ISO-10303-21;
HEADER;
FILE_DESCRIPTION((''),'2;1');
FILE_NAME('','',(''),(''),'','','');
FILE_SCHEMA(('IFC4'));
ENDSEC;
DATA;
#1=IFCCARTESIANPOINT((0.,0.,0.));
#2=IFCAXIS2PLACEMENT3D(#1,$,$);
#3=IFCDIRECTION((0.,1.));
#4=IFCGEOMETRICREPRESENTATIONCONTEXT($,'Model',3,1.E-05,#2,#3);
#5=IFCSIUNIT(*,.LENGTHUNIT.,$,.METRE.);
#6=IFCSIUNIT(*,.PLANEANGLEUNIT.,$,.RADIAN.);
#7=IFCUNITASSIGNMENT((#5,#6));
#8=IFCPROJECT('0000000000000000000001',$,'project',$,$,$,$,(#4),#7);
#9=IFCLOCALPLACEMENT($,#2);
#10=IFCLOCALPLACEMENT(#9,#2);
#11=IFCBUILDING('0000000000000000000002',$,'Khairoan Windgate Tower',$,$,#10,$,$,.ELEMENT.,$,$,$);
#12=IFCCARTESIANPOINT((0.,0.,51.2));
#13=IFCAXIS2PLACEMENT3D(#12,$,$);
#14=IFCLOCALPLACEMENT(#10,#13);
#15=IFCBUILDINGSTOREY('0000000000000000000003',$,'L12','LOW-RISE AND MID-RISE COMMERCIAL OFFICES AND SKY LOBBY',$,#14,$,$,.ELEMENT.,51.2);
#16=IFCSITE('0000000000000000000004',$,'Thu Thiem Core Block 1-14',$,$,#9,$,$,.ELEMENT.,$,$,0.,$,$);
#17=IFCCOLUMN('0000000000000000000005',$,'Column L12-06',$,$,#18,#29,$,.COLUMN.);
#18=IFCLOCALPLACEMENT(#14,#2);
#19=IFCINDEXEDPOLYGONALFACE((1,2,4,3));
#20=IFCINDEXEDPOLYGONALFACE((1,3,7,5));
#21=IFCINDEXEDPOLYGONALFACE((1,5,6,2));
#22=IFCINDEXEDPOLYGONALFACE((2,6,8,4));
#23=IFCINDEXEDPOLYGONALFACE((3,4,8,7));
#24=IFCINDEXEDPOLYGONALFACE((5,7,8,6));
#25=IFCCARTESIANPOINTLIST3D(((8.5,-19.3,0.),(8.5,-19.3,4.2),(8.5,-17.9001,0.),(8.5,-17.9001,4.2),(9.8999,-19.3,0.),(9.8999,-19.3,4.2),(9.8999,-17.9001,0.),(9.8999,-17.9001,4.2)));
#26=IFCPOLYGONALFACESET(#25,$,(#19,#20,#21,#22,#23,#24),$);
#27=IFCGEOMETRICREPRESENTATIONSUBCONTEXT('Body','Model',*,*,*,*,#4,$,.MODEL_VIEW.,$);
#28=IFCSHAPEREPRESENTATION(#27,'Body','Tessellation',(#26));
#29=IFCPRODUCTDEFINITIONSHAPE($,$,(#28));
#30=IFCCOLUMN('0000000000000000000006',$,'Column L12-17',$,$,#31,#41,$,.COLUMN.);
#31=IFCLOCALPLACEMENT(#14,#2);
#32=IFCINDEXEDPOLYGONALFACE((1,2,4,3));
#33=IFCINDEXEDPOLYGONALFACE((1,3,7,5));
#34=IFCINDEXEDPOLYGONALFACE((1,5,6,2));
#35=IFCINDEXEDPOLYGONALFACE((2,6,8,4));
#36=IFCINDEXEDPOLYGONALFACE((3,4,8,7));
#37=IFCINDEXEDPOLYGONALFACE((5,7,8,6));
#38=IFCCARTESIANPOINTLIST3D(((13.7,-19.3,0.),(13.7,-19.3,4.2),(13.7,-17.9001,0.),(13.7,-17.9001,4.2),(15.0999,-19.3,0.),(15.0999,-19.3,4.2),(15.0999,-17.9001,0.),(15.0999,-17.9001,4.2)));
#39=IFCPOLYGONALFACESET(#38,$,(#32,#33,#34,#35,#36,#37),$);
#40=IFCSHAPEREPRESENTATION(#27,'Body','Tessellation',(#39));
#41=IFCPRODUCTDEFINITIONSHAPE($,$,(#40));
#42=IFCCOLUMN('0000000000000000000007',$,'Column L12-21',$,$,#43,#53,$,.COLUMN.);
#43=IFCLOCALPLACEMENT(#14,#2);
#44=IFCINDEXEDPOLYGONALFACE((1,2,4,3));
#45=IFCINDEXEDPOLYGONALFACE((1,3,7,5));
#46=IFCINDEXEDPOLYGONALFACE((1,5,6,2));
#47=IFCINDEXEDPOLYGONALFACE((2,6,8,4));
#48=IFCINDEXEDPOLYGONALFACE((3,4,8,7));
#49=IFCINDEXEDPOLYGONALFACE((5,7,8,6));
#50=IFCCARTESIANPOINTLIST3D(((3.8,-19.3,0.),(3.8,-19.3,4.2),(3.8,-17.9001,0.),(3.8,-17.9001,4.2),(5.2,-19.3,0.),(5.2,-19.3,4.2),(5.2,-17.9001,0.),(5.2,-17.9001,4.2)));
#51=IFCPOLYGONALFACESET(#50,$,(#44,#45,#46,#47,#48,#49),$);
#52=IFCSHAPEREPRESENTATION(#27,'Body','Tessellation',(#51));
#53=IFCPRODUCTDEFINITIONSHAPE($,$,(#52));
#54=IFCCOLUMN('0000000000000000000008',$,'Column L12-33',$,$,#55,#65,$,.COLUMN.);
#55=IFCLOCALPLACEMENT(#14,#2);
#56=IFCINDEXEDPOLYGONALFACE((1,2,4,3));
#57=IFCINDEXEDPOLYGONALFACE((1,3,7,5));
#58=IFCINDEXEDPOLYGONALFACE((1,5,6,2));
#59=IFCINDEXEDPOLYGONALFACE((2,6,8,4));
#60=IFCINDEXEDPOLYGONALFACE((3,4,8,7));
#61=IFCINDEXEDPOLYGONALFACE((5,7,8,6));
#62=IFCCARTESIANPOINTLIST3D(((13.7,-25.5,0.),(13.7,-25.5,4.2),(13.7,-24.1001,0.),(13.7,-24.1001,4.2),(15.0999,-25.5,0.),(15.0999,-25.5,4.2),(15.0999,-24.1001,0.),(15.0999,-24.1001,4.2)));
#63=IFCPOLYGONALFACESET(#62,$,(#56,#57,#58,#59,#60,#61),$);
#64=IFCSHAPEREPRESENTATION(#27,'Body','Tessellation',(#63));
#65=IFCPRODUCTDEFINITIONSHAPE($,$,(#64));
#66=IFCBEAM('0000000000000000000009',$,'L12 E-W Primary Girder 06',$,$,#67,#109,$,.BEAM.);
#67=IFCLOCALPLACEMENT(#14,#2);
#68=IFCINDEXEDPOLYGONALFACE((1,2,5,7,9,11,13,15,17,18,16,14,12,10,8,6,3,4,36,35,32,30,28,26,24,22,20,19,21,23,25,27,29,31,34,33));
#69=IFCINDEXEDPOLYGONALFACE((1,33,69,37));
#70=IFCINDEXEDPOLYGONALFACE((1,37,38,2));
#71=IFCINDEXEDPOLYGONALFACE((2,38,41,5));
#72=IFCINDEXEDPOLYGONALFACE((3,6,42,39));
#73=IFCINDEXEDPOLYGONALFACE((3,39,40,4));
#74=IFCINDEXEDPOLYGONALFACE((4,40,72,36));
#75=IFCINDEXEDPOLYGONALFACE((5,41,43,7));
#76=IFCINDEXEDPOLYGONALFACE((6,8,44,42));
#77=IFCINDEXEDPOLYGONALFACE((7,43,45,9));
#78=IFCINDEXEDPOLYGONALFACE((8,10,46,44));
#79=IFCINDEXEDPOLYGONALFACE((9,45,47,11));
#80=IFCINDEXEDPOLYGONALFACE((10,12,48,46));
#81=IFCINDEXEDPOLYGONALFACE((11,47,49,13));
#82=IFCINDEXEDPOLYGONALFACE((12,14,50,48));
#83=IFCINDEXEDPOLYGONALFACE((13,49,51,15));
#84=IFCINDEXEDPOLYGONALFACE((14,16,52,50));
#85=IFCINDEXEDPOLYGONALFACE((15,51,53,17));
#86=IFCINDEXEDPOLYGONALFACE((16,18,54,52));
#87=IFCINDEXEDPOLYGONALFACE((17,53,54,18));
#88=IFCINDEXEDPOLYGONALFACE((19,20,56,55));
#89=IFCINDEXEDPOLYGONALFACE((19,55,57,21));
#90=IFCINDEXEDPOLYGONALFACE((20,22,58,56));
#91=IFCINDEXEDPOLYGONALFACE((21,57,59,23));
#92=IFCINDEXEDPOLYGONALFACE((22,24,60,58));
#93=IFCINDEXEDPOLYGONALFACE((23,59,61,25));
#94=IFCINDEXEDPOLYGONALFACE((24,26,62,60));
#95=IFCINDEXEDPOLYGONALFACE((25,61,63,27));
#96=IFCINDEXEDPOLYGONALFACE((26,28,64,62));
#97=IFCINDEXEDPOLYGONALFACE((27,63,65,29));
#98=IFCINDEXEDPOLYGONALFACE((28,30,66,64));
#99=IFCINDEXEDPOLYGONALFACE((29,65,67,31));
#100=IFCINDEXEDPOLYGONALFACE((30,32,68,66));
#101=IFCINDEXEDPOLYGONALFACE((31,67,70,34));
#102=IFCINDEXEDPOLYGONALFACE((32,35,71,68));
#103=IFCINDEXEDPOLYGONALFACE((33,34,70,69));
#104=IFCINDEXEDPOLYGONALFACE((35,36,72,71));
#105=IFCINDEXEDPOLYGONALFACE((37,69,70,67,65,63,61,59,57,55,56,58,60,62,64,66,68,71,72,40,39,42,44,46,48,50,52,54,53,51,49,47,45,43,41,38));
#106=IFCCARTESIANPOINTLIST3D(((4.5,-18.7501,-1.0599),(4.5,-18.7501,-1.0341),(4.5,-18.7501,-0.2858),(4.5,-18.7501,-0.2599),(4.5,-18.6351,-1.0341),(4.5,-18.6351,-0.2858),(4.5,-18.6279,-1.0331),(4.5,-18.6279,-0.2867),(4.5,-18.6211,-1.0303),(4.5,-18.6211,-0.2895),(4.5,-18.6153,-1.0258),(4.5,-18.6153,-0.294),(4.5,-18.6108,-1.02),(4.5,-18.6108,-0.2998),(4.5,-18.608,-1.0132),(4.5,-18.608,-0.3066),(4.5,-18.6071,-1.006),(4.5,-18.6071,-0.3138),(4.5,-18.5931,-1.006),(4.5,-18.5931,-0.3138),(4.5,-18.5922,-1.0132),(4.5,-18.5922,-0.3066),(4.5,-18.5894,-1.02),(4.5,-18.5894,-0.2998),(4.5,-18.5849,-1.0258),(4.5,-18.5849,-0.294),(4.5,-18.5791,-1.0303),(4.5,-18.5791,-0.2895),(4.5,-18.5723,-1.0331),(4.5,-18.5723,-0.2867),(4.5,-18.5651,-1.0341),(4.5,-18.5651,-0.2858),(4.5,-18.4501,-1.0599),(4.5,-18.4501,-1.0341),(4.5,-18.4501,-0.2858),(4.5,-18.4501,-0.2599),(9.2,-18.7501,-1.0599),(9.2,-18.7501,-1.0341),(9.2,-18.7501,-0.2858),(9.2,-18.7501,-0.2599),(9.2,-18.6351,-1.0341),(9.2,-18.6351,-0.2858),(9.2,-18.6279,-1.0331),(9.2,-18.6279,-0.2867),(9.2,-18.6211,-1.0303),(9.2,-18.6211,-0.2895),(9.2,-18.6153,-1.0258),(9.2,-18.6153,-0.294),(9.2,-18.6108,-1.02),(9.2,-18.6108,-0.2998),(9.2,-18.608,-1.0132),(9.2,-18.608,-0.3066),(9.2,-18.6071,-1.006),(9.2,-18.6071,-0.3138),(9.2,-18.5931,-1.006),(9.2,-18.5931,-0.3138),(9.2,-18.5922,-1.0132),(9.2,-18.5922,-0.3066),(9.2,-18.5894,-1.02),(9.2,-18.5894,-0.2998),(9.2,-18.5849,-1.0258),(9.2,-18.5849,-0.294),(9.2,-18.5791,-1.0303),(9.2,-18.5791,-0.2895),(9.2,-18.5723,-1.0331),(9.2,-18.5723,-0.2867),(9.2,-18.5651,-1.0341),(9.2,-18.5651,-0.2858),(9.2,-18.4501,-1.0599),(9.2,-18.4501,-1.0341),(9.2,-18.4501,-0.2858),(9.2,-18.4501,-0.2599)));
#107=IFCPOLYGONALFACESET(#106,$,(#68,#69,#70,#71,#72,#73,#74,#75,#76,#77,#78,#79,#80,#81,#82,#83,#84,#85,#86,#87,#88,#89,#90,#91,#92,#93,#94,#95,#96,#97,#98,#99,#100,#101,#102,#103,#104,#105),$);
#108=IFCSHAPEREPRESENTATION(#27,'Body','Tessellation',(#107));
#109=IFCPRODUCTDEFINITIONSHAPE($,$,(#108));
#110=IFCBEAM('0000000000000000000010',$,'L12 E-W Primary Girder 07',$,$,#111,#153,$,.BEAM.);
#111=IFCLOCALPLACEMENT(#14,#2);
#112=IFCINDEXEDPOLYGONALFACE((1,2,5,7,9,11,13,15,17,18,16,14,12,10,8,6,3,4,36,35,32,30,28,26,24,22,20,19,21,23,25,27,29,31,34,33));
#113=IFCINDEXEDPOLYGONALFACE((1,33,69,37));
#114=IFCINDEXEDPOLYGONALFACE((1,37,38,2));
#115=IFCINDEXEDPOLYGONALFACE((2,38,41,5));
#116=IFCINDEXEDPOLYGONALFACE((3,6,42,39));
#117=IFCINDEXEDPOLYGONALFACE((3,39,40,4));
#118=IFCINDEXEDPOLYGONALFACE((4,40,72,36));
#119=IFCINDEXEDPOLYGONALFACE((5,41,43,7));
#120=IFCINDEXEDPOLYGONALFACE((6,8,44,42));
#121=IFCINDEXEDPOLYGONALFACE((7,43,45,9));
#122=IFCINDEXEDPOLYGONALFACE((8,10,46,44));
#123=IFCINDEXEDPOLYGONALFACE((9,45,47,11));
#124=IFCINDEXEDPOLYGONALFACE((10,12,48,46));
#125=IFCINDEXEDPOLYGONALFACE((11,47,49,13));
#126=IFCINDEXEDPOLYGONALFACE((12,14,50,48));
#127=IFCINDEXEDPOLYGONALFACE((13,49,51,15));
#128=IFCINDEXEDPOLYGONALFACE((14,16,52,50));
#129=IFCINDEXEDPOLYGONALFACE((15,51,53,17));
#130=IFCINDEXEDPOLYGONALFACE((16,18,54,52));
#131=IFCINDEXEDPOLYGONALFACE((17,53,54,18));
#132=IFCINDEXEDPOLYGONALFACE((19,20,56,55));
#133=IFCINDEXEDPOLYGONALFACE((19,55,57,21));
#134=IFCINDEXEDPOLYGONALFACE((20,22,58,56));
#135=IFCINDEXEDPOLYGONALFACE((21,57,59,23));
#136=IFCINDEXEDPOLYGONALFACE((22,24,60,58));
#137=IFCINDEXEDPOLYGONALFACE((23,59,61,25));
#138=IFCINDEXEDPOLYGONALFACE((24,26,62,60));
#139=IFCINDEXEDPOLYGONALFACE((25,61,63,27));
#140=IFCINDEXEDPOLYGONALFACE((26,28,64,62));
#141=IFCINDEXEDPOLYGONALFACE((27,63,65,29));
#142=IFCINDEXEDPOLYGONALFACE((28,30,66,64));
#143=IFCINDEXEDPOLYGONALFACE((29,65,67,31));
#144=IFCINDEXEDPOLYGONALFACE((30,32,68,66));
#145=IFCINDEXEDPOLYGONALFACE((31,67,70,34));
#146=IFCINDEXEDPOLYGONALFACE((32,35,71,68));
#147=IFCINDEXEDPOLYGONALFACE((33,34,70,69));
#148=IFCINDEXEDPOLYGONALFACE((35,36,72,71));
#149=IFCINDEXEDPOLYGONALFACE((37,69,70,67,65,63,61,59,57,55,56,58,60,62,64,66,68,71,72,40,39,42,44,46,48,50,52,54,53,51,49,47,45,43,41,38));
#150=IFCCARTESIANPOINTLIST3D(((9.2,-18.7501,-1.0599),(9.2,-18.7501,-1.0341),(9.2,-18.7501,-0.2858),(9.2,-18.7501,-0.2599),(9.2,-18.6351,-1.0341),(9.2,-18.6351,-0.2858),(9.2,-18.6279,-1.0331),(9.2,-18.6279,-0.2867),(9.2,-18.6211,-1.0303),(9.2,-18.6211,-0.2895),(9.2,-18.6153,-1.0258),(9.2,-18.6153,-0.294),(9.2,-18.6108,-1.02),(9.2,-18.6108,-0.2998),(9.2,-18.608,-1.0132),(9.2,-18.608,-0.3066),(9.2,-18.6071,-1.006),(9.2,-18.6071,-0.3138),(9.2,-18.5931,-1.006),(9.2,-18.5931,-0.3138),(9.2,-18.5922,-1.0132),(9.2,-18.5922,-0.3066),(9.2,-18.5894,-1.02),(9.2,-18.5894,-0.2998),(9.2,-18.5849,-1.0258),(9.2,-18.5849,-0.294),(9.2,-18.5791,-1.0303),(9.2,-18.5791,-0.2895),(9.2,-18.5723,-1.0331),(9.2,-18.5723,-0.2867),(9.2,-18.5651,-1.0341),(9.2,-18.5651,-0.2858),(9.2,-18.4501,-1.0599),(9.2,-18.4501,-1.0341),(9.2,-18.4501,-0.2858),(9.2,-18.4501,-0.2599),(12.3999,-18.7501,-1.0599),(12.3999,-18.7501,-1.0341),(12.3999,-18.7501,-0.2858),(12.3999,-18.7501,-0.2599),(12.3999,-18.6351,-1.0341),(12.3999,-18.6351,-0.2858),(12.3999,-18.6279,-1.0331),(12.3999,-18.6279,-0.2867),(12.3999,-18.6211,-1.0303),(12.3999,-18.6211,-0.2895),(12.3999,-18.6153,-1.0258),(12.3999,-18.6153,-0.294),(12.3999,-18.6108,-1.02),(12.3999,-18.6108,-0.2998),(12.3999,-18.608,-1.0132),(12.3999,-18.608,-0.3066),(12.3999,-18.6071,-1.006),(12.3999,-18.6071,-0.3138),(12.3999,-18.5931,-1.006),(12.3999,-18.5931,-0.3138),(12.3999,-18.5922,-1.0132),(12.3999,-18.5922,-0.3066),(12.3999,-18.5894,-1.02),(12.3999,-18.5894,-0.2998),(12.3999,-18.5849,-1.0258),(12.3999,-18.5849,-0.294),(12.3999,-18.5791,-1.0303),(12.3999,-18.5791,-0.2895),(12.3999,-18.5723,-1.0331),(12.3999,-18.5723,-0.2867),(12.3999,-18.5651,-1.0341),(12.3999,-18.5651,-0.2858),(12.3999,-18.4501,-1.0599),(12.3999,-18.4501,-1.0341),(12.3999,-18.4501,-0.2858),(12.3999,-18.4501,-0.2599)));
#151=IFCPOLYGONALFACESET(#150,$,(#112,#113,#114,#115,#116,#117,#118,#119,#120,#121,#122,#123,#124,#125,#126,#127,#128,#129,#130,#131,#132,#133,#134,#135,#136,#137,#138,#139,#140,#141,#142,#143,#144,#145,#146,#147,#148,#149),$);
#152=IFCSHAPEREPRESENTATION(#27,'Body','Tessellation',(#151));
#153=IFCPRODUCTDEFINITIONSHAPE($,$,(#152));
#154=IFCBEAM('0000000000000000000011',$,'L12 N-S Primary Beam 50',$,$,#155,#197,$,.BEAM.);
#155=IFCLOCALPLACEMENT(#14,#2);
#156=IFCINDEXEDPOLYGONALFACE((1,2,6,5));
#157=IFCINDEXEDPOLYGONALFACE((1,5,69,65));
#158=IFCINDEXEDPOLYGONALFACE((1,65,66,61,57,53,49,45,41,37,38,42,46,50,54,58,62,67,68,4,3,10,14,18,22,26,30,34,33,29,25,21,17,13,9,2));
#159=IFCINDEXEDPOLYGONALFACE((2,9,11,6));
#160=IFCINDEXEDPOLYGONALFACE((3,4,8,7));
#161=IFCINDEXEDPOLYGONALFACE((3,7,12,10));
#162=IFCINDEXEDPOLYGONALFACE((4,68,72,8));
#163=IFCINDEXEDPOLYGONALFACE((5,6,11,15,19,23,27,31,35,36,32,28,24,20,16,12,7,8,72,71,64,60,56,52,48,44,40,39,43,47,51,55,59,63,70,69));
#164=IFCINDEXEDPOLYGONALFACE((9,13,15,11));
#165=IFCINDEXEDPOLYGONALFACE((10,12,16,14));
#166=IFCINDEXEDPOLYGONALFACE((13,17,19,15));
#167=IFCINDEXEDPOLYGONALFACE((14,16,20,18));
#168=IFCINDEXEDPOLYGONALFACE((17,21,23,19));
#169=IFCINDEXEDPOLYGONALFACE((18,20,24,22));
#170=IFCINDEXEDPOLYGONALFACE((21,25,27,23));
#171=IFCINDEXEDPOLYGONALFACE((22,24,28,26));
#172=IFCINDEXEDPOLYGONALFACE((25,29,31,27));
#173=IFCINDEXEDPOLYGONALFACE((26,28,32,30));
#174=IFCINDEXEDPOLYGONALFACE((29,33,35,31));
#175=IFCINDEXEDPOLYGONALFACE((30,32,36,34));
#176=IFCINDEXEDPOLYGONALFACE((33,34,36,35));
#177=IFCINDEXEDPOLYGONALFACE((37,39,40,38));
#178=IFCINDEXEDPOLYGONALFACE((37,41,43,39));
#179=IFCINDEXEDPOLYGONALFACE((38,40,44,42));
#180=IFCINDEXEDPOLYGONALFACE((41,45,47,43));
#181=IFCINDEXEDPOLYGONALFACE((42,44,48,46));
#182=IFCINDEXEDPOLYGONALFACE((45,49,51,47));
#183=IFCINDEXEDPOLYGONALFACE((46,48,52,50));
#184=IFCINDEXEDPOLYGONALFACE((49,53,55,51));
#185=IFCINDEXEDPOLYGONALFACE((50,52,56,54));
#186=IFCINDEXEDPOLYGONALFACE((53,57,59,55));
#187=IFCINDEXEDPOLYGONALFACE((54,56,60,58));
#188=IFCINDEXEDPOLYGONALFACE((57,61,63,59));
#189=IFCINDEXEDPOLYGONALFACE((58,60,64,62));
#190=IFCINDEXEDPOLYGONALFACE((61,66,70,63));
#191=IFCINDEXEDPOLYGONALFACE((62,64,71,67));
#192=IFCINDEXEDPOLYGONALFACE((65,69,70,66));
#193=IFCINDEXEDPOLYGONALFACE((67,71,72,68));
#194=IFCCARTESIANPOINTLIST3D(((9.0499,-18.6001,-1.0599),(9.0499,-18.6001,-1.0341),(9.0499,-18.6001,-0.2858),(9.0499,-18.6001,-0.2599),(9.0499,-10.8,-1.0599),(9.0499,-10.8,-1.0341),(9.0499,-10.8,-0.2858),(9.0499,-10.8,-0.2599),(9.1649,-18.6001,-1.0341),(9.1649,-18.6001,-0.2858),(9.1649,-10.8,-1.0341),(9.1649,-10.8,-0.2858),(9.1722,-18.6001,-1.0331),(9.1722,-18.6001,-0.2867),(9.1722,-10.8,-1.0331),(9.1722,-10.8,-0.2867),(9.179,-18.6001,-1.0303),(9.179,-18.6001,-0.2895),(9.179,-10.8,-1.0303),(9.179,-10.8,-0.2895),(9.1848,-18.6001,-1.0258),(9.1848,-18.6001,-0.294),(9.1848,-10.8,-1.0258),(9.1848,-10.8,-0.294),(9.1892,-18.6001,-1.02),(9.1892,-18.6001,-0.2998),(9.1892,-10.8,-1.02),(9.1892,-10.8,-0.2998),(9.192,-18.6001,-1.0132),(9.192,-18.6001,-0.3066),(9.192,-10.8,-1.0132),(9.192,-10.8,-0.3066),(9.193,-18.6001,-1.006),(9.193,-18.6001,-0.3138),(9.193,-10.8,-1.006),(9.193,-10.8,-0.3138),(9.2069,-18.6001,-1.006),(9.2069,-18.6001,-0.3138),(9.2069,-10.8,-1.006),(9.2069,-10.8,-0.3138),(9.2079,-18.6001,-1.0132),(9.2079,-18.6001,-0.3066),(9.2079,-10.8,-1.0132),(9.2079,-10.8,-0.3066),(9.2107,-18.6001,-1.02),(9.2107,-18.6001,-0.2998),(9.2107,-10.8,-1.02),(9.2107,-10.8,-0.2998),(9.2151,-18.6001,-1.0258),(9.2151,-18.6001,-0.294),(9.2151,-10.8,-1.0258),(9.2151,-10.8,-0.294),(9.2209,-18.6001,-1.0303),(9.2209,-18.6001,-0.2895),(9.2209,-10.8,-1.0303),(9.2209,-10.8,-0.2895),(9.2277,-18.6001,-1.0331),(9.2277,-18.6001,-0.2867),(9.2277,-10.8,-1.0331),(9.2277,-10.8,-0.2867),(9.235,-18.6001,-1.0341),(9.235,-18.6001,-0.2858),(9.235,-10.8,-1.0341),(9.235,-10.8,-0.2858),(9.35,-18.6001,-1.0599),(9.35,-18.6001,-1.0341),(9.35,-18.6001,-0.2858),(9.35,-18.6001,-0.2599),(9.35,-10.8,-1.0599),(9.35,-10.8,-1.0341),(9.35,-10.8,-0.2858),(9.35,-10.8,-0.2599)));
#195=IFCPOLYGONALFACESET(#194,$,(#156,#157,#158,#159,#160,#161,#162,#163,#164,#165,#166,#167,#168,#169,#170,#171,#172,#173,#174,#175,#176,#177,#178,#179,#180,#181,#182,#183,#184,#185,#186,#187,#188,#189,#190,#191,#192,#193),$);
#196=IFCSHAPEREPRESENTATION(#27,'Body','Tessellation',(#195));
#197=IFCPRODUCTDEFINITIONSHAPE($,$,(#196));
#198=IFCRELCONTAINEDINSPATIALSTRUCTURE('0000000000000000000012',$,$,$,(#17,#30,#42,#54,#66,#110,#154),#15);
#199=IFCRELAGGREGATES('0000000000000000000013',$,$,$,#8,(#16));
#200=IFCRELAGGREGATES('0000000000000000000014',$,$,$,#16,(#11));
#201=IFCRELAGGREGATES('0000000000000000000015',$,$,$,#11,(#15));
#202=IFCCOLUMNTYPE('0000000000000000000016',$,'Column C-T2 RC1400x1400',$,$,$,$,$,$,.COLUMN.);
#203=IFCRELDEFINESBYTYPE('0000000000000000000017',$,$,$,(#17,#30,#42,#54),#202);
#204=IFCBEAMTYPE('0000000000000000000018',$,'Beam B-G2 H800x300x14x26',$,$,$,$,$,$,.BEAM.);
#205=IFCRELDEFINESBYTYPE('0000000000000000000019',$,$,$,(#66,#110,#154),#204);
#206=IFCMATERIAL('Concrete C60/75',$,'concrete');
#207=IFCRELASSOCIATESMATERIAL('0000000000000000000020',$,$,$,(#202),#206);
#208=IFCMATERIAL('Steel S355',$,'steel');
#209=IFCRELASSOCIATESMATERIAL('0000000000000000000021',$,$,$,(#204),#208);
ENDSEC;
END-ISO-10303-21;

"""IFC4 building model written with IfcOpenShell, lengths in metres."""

from ifc_helpers import new_model, si_unit, direction, frame, origin, origin_2d, place, context, subcontext, project, spatial, rectangle, i_section, extrude, material, material_profile, profile_set, type_object, element, save


model = new_model("IFC4")

# Units and contexts
model_context = context("Model", 3, precision=1e-05, world=origin(), true_north=direction((0.0, 1.0)))
body_context = subcontext(model_context, "Body", "Model", "MODEL_VIEW")
ifc_project = project(units=[si_unit("LENGTHUNIT", "METRE"), si_unit("PLANEANGLEUNIT", "RADIAN")], contexts=[model_context])

# Site, building, storey
site_placement = place(None, origin())
site = spatial("IfcSite", under=ifc_project, at=site_placement, Name="Thu Thiem Core Block 1-14", CompositionType="ELEMENT", RefElevation=0.0)
building_placement = place(site_placement, origin())
building = spatial("IfcBuilding", under=site, at=building_placement, Name="Khairoan Windgate Tower", CompositionType="ELEMENT")
storey_placement = place(building_placement, frame((0.0, 0.0, 51.2)))
storey = spatial("IfcBuildingStorey", under=building, at=storey_placement, Name="L12", Description="LOW-RISE AND MID-RISE COMMERCIAL OFFICES AND SKY LOBBY", CompositionType="ELEMENT", Elevation=51.2)

# Columns
ifc_material_1 = material(Name="Concrete C60/75", Category="concrete")
ifc_material_profile_1 = material_profile(ifc_material_1, rectangle(XDim=1.3999, YDim=1.3999, at=origin_2d()))
ifc_profile_set_1 = profile_set([ifc_material_profile_1], Name="Concrete C60/75")
column_type = type_object("IfcColumnType", Name="Column C-T2 RC1400x1400", PredefinedType="COLUMN", material=ifc_profile_set_1)
for number, where, z_axis, x_axis, name in (
    (1, (9.2, -18.6001, 0.0), (0.0, 0.0, 1.0), (1.0, 0.0, 0.0), "Column L12-06"),
    (2, (14.3999, -18.6001, 0.0), (0.0, 0.0, 1.0), (1.0, 0.0, 0.0), "Column L12-17"),
    (3, (4.5, -18.6001, 0.0), (0.0, 0.0, 1.0), (1.0, 0.0, 0.0), "Column L12-21"),
    (4, (14.3999, -24.8, 0.0), (0.0, 0.0, 1.0), (1.0, 0.0, 0.0), "Column L12-33"),
):
    element("IfcColumn", number, at=place(storey_placement, frame(where, z_axis=z_axis, x_axis=x_axis)), inside=storey, type_object=column_type, Name=name, PredefinedType="COLUMN", context=body_context, shape_type="SweptSolid", body=[
        extrude(rectangle(XDim=1.3999, YDim=1.3999, at=origin_2d()), origin(), (0.0, 0.0, 1.0), 4.2),
    ])

# Beams
ifc_material_2 = material(Name="Steel S355", Category="steel")
ifc_material_profile_2 = material_profile(ifc_material_2, i_section(OverallWidth=0.3, OverallDepth=0.8, WebThickness=0.0139, FlangeThickness=0.0259, FilletRadius=0.0281, at=origin_2d()))
ifc_profile_set_2 = profile_set([ifc_material_profile_2], Name="Steel S355")
beam_type_1 = type_object("IfcBeamType", Name="Beam B-G2 H800x300x14x26", PredefinedType="BEAM", material=ifc_profile_set_2)
beam_1_placement = place(storey_placement, frame((4.5, -18.6001, -0.6599), z_axis=(1.0, 0.0, 0.0), x_axis=(0.0, 1.0, 0.0)))
element("IfcBeam", 5, at=beam_1_placement, inside=storey, type_object=beam_type_1, Name="L12 E-W Primary Girder 06", PredefinedType="BEAM", context=body_context, shape_type="SweptSolid", body=[
    extrude(i_section(OverallWidth=0.3, OverallDepth=0.8, WebThickness=0.0139, FlangeThickness=0.0259, FilletRadius=0.0281, at=origin_2d()), origin(), (0.0, 0.0, 1.0), 4.7),
])
beam_2_placement = place(storey_placement, frame((9.2, -18.6001, -0.6599), z_axis=(1.0, 0.0, 0.0), x_axis=(0.0, 1.0, 0.0)))
element("IfcBeam", 6, at=beam_2_placement, inside=storey, type_object=beam_type_1, Name="L12 E-W Primary Girder 07", PredefinedType="BEAM", context=body_context, shape_type="SweptSolid", body=[
    extrude(i_section(OverallWidth=0.3, OverallDepth=0.8, WebThickness=0.0139, FlangeThickness=0.0259, FilletRadius=0.0281, at=origin_2d()), origin(), (0.0, 0.0, 1.0), 3.2),
])
for number, where, z_axis, x_axis, name in (
    (7, (9.2, -18.6001, -0.6599), (0.0, 1.0, 0.0), (-1.0, 0.0, 0.0), "L12 N-S Primary Beam 50"),
):
    element("IfcBeam", number, at=place(storey_placement, frame(where, z_axis=z_axis, x_axis=x_axis)), inside=storey, type_object=beam_type_1, Name=name, PredefinedType="BEAM", context=body_context, shape_type="SweptSolid", body=[
        extrude(i_section(OverallWidth=0.3, OverallDepth=0.8, WebThickness=0.0139, FlangeThickness=0.0259, FilletRadius=0.0281, at=origin_2d()), origin(), (0.0, 0.0, 1.0), 7.8),
    ])

save(model, "model.ifc")
